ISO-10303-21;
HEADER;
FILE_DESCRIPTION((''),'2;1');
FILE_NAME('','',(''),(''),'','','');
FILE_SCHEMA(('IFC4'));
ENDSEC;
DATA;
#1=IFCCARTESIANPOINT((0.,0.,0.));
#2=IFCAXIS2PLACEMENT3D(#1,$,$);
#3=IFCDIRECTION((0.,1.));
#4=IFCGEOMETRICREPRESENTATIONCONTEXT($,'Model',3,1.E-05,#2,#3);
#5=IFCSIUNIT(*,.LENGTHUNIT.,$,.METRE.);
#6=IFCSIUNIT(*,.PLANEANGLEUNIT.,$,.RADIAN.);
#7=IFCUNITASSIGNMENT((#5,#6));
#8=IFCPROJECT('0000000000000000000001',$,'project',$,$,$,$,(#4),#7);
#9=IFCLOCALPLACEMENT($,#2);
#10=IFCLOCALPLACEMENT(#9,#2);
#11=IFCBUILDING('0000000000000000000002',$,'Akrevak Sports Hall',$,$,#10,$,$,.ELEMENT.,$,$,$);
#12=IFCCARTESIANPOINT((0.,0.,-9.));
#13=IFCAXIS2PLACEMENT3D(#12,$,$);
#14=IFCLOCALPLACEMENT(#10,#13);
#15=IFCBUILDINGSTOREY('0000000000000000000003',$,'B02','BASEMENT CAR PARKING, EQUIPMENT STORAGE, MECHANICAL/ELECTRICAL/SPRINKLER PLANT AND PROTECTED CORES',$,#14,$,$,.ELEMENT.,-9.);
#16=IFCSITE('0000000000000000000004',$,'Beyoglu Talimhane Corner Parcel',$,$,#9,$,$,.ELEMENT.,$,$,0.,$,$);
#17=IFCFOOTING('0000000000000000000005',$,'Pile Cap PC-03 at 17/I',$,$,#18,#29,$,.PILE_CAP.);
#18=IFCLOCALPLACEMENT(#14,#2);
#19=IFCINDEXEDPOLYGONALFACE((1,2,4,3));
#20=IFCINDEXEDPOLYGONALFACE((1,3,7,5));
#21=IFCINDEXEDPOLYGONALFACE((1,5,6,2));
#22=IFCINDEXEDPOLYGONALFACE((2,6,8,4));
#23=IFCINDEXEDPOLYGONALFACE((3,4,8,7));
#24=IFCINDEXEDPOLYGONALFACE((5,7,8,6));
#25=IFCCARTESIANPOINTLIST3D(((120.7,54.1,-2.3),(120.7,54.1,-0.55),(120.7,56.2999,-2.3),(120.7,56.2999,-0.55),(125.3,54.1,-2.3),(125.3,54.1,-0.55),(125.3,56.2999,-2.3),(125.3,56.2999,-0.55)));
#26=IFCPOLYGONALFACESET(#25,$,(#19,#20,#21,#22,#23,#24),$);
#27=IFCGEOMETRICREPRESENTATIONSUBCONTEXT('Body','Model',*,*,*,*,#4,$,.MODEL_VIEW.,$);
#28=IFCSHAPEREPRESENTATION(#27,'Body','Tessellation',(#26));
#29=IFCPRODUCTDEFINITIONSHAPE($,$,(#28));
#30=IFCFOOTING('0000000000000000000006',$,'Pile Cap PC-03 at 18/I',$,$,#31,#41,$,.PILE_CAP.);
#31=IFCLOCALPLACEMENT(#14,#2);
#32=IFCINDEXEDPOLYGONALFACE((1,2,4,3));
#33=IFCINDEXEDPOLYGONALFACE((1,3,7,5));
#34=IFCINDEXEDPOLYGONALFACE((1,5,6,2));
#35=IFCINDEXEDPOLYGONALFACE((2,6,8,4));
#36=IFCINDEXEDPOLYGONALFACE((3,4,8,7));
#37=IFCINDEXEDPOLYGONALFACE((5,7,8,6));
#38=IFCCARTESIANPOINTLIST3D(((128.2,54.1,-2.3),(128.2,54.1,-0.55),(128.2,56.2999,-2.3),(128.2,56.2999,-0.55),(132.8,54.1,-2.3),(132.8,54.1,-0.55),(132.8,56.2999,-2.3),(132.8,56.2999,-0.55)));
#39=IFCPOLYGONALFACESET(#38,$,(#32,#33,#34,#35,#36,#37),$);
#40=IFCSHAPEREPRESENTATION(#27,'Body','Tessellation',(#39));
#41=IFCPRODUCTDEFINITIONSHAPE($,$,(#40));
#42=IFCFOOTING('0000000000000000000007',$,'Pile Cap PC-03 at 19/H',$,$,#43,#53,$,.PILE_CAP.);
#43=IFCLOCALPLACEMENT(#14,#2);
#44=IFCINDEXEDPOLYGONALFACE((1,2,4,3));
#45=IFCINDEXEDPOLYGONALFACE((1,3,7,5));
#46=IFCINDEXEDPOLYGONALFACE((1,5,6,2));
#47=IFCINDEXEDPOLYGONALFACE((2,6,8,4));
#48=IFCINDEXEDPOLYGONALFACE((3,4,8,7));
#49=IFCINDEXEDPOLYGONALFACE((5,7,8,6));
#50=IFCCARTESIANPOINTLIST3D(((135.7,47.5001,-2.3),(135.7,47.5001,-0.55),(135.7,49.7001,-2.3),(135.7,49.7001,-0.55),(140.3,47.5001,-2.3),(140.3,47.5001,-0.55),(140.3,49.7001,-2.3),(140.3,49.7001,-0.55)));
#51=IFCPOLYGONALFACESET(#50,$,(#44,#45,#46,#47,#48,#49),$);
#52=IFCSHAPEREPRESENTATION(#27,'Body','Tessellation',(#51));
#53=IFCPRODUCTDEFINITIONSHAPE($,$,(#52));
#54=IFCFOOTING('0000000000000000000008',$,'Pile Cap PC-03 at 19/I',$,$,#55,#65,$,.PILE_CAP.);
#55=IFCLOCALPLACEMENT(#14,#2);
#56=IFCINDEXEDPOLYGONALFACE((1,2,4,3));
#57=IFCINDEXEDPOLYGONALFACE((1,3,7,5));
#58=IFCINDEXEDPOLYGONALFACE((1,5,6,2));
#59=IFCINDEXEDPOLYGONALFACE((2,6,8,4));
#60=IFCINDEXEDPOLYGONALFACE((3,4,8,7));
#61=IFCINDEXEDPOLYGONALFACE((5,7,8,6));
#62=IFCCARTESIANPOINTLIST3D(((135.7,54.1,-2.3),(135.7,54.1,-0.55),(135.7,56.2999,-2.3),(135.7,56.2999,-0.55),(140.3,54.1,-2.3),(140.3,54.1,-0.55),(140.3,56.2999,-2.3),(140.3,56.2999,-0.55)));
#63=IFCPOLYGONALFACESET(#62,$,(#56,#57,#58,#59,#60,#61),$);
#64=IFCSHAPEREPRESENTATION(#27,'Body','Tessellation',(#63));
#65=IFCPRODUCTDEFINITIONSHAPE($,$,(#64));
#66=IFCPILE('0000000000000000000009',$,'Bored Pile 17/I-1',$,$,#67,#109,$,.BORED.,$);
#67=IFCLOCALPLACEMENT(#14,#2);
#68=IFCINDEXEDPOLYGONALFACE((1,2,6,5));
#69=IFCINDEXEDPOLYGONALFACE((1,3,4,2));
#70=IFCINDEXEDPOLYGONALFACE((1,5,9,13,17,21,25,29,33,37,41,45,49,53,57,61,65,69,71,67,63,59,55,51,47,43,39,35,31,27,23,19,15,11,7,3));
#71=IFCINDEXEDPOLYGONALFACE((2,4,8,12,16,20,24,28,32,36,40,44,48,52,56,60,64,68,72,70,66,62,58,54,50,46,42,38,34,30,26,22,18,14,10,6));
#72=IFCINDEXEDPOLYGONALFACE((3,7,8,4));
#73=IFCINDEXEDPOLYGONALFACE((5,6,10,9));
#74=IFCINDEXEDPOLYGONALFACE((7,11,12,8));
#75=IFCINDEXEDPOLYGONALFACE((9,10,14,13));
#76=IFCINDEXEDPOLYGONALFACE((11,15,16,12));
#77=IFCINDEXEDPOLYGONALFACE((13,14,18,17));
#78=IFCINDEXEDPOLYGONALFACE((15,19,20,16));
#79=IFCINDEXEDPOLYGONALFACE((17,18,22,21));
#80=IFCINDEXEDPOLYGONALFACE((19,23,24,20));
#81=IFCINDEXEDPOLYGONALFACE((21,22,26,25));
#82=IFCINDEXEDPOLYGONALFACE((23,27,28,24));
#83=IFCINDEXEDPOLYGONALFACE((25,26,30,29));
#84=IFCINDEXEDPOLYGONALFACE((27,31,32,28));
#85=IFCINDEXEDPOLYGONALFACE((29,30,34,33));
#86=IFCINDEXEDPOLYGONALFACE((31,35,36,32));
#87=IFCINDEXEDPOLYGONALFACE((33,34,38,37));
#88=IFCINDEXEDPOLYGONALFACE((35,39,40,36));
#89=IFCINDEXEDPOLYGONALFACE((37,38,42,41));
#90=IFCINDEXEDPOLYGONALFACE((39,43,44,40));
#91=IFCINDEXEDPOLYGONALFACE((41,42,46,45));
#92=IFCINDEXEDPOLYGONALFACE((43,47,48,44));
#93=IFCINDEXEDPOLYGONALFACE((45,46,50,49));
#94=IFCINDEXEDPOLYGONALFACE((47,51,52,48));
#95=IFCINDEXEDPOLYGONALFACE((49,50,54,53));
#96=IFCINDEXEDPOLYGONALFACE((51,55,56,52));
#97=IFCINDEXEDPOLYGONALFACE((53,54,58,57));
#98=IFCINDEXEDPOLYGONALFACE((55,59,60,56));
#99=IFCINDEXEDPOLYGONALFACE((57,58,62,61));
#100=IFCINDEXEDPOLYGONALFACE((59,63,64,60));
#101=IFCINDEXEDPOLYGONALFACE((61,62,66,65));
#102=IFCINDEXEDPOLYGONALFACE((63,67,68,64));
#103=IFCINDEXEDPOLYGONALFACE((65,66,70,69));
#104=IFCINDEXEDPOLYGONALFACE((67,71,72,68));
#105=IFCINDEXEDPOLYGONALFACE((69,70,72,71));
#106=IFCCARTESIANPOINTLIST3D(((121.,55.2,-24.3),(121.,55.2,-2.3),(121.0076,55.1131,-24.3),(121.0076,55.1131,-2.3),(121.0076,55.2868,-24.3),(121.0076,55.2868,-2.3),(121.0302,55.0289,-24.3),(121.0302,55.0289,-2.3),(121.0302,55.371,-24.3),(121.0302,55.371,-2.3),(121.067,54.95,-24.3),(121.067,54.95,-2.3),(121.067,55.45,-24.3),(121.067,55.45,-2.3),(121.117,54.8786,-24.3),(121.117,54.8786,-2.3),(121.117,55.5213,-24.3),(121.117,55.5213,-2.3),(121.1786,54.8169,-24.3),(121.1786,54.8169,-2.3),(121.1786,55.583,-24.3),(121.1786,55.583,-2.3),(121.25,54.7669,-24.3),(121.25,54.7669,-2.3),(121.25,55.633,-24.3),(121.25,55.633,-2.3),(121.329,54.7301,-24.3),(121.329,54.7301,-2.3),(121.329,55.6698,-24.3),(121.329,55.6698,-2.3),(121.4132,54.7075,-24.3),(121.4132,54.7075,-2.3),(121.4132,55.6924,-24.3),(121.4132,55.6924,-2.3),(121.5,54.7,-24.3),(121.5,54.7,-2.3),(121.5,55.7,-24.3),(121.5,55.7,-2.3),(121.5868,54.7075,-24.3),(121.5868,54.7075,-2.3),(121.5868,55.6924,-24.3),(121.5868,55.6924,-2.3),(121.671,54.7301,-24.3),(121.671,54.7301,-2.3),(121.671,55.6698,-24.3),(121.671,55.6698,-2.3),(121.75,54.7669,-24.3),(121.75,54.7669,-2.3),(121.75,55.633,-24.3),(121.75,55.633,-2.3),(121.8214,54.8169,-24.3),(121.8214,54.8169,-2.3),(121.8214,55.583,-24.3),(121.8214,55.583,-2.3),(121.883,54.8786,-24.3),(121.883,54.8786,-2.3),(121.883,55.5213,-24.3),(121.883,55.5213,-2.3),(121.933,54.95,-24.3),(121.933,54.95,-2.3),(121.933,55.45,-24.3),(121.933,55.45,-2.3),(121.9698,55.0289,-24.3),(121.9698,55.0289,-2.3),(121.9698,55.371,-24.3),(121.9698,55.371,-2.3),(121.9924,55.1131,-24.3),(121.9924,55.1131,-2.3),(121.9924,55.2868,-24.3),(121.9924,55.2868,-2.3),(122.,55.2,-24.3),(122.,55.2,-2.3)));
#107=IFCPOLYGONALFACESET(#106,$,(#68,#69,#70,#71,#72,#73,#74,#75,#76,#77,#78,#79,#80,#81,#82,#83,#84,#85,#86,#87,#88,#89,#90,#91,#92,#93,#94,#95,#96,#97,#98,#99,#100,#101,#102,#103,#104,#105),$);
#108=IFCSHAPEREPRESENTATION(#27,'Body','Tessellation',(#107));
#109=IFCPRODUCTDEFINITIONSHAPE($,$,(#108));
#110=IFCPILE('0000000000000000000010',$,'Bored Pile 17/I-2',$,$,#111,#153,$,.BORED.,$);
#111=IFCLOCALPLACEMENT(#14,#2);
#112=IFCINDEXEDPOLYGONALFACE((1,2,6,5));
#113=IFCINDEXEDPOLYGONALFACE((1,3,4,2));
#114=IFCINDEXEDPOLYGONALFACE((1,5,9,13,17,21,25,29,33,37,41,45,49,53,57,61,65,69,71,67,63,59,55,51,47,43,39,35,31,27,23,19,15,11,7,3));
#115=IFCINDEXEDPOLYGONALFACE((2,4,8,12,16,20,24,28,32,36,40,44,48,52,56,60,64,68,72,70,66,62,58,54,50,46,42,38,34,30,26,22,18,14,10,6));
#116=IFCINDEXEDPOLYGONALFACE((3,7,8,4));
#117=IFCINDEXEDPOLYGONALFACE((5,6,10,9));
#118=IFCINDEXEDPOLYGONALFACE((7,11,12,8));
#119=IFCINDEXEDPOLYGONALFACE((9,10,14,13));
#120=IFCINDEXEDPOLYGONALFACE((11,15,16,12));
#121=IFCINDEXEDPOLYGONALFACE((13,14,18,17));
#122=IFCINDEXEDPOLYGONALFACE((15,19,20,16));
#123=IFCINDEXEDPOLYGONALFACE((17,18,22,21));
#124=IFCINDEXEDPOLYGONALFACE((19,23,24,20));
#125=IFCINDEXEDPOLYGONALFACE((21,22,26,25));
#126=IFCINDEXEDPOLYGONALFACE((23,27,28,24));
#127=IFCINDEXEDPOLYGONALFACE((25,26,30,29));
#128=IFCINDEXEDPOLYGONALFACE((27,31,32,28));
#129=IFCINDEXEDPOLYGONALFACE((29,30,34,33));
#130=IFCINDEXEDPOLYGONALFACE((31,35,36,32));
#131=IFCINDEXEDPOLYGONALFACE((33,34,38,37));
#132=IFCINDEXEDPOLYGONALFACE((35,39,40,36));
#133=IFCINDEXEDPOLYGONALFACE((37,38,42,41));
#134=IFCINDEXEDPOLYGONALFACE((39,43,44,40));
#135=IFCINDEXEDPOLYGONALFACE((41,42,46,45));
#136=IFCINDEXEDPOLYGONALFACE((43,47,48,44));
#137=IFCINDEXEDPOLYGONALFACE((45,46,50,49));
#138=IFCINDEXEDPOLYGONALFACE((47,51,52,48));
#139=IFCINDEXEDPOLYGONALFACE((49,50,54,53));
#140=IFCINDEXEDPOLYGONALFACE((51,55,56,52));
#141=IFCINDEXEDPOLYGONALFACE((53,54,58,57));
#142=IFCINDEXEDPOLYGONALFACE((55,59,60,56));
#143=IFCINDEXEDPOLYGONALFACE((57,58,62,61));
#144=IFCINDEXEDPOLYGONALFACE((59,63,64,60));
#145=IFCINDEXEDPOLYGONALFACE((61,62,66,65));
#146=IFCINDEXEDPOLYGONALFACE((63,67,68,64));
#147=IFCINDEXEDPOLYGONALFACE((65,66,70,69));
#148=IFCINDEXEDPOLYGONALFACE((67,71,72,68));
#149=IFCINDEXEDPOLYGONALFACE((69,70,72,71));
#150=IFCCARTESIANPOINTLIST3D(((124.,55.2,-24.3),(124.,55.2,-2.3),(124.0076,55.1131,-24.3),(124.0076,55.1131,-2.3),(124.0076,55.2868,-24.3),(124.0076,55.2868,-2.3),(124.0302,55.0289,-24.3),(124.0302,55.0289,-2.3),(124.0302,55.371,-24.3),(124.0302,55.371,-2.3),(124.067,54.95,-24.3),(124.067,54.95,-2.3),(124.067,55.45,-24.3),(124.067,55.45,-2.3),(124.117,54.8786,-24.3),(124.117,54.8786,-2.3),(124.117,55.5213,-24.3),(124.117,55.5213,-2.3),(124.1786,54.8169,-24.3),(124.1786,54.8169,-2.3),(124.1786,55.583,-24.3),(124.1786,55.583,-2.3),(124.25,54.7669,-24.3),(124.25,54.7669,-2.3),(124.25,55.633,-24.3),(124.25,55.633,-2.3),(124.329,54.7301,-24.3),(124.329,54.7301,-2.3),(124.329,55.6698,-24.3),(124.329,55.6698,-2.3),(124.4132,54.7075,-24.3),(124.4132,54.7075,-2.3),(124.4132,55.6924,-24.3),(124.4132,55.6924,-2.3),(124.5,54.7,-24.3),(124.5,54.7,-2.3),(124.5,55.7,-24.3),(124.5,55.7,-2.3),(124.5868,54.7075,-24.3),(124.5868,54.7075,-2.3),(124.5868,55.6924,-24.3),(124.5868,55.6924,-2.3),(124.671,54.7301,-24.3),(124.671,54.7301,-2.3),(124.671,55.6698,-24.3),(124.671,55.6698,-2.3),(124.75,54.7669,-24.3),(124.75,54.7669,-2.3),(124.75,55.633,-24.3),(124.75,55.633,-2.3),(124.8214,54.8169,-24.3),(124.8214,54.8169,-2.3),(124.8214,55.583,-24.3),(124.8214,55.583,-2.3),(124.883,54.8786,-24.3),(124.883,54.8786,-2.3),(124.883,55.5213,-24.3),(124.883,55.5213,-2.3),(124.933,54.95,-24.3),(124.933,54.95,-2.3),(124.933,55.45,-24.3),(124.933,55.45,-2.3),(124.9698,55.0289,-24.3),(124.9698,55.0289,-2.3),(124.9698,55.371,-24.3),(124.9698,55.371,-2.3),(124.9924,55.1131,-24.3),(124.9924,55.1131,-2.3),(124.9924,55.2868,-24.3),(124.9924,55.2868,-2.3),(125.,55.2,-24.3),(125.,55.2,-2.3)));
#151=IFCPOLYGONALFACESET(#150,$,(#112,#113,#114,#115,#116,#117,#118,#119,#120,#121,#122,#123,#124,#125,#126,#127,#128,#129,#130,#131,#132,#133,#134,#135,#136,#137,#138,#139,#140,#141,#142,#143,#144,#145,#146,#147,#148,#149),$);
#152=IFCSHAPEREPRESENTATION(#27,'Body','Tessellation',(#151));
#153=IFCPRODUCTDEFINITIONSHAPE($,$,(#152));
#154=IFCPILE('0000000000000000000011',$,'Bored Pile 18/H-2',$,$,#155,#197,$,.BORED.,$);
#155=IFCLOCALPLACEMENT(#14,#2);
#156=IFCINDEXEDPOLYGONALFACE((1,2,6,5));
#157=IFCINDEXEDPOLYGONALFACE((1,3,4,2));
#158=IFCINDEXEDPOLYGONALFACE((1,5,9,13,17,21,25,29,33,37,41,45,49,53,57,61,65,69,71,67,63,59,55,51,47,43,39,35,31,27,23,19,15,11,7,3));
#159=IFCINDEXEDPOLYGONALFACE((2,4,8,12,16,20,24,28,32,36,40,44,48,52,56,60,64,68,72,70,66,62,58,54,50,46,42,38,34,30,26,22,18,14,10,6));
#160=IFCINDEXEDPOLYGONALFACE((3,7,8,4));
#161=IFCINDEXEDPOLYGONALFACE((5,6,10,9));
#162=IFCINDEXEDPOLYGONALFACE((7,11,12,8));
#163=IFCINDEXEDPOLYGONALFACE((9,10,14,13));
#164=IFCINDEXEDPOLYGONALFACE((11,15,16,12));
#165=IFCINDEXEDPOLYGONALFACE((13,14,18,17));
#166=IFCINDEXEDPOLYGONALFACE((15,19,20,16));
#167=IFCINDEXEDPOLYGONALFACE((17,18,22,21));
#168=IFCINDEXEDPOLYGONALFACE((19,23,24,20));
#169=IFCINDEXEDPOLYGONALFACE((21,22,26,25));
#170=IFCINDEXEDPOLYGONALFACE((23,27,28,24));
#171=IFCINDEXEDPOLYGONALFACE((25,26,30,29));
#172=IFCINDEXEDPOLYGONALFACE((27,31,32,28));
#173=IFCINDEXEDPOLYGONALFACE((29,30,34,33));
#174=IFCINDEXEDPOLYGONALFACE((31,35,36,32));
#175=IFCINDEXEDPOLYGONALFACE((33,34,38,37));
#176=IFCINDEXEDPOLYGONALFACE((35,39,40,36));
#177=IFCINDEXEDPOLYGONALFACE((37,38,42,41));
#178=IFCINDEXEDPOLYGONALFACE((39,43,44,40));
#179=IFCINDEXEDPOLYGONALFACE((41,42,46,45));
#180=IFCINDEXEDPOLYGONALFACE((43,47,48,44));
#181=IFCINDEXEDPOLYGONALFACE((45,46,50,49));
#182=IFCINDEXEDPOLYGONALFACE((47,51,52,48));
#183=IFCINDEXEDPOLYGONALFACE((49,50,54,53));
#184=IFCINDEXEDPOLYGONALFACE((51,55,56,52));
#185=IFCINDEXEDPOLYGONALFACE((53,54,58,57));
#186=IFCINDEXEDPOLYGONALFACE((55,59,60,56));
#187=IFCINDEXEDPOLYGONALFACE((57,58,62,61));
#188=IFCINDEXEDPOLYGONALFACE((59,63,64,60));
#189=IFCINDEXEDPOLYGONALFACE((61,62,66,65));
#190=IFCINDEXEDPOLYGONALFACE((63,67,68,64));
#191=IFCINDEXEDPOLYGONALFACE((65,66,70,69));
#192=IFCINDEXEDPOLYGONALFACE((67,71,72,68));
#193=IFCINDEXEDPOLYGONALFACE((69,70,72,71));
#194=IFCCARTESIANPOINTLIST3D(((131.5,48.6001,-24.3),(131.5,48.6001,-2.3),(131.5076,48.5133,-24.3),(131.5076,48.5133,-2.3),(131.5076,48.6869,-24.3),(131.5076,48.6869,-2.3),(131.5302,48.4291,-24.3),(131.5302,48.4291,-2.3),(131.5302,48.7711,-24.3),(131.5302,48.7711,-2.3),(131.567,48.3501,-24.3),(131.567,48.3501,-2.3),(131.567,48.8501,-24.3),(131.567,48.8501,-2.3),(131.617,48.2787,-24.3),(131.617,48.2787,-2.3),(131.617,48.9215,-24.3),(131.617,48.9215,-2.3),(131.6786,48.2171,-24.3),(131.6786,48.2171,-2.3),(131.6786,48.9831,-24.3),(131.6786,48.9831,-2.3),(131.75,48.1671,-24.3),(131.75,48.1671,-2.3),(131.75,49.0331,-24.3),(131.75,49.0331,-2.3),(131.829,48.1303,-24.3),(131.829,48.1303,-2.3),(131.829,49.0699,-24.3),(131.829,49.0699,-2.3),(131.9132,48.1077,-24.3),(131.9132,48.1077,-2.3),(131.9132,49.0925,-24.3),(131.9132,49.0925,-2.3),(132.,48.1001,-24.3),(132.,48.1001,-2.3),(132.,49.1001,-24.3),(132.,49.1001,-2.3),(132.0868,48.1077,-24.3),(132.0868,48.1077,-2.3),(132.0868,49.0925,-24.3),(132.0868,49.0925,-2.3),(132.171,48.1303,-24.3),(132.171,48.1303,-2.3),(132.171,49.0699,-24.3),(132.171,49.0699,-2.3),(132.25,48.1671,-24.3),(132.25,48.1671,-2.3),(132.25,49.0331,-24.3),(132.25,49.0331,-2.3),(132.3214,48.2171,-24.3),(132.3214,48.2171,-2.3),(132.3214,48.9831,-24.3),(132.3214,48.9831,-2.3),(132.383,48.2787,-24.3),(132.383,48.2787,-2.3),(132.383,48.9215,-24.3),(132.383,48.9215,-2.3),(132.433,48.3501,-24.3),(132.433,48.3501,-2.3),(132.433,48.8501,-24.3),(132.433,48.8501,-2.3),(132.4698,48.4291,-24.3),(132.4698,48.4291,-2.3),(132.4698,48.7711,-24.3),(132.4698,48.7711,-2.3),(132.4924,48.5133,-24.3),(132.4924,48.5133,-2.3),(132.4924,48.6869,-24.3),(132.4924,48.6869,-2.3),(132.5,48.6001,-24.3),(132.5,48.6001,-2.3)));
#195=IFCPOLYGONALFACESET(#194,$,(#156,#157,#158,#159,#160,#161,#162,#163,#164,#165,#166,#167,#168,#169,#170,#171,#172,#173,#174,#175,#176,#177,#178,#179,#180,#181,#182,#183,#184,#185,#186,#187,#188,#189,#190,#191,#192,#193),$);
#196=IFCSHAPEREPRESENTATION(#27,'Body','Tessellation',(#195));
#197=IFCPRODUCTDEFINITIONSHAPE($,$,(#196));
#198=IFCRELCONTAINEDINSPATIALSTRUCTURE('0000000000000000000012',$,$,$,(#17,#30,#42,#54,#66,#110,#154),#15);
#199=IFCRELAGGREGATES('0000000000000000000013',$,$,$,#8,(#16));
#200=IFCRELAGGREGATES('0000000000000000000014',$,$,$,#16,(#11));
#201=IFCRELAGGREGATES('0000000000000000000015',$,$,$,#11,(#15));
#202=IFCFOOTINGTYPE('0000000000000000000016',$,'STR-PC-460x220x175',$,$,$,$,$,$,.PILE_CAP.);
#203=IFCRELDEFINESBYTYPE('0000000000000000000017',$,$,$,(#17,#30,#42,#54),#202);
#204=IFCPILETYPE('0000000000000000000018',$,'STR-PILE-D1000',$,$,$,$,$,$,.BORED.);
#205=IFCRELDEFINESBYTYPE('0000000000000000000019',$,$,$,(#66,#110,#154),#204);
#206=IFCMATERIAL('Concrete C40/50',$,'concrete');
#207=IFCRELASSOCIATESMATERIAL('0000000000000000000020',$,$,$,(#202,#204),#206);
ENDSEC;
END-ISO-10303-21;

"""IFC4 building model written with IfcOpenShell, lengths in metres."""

from ifc_helpers import new_model, si_unit, direction, frame, origin, origin_2d, place, context, subcontext, project, spatial, rectangle, circle, extrude, material, material_profile, profile_set, type_object, element, save


model = new_model("IFC4")

# Units and contexts
model_context = context("Model", 3, precision=1e-05, world=origin(), true_north=direction((0.0, 1.0)))
body_context = subcontext(model_context, "Body", "Model", "MODEL_VIEW")
ifc_project = project(units=[si_unit("LENGTHUNIT", "METRE"), si_unit("PLANEANGLEUNIT", "RADIAN")], contexts=[model_context])

# Site, building, storey
site_placement = place(None, origin())
site = spatial("IfcSite", under=ifc_project, at=site_placement, Name="Beyoglu Talimhane Corner Parcel", CompositionType="ELEMENT", RefElevation=0.0)
building_placement = place(site_placement, origin())
building = spatial("IfcBuilding", under=site, at=building_placement, Name="Akrevak Sports Hall", CompositionType="ELEMENT")
storey_placement = place(building_placement, frame((0.0, 0.0, -9.0)))
storey = spatial("IfcBuildingStorey", under=building, at=storey_placement, Name="B02", Description="BASEMENT CAR PARKING, EQUIPMENT STORAGE, MECHANICAL/ELECTRICAL/SPRINKLER PLANT AND PROTECTED CORES", CompositionType="ELEMENT", Elevation=-9.0)

# Footings
ifc_material_1 = material(Name="Concrete C40/50", Category="concrete")
footing_type = type_object("IfcFootingType", Name="STR-PC-460x220x175", PredefinedType="PILE_CAP", material=ifc_material_1)
for number, where, z_axis, x_axis, name in (
    (1, (123.0, 55.2, -2.3), (0.0, 0.0, 1.0), (1.0, 0.0, 0.0), "Pile Cap PC-03 at 17/I"),
    (2, (130.5, 55.2, -2.3), (0.0, 0.0, 1.0), (1.0, 0.0, 0.0), "Pile Cap PC-03 at 18/I"),
    (3, (138.0, 48.6001, -2.3), (0.0, 0.0, 1.0), (1.0, 0.0, 0.0), "Pile Cap PC-03 at 19/H"),
    (4, (138.0, 55.2, -2.3), (0.0, 0.0, 1.0), (1.0, 0.0, 0.0), "Pile Cap PC-03 at 19/I"),
):
    element("IfcFooting", number, at=place(storey_placement, frame(where, z_axis=z_axis, x_axis=x_axis)), inside=storey, type_object=footing_type, Name=name, PredefinedType="PILE_CAP", context=body_context, shape_type="SweptSolid", body=[
        extrude(rectangle(XDim=4.6001, YDim=2.2, at=origin_2d()), origin(), (0.0, 0.0, 1.0), 1.75),
    ])

# Piles
ifc_material_profile_1 = material_profile(ifc_material_1, circle(Radius=0.5, at=origin_2d()), Name="BORED PILE D1000", Category="concrete")
ifc_profile_set_1 = profile_set([ifc_material_profile_1], Name="Concrete C40/50")
pile_type_1 = type_object("IfcPileType", Name="STR-PILE-D1000", PredefinedType="BORED", material=ifc_profile_set_1)
for number, where, z_axis, x_axis, name in (
    (5, (121.5, 55.2, -2.3), (0.0, 0.0, -1.0), (1.0, 0.0, 0.0), "Bored Pile 17/I-1"),
    (6, (124.5, 55.2, -2.3), (0.0, 0.0, -1.0), (1.0, 0.0, 0.0), "Bored Pile 17/I-2"),
    (7, (132.0, 48.6001, -2.3), (0.0, 0.0, -1.0), (1.0, 0.0, 0.0), "Bored Pile 18/H-2"),
):
    element("IfcPile", number, at=place(storey_placement, frame(where, z_axis=z_axis, x_axis=x_axis)), inside=storey, type_object=pile_type_1, Name=name, PredefinedType="BORED", context=body_context, shape_type="SweptSolid", body=[
        extrude(circle(Radius=0.5, at=origin_2d()), origin(), (0.0, 0.0, 1.0), 22.0),
    ])

save(model, "model.ifc")
